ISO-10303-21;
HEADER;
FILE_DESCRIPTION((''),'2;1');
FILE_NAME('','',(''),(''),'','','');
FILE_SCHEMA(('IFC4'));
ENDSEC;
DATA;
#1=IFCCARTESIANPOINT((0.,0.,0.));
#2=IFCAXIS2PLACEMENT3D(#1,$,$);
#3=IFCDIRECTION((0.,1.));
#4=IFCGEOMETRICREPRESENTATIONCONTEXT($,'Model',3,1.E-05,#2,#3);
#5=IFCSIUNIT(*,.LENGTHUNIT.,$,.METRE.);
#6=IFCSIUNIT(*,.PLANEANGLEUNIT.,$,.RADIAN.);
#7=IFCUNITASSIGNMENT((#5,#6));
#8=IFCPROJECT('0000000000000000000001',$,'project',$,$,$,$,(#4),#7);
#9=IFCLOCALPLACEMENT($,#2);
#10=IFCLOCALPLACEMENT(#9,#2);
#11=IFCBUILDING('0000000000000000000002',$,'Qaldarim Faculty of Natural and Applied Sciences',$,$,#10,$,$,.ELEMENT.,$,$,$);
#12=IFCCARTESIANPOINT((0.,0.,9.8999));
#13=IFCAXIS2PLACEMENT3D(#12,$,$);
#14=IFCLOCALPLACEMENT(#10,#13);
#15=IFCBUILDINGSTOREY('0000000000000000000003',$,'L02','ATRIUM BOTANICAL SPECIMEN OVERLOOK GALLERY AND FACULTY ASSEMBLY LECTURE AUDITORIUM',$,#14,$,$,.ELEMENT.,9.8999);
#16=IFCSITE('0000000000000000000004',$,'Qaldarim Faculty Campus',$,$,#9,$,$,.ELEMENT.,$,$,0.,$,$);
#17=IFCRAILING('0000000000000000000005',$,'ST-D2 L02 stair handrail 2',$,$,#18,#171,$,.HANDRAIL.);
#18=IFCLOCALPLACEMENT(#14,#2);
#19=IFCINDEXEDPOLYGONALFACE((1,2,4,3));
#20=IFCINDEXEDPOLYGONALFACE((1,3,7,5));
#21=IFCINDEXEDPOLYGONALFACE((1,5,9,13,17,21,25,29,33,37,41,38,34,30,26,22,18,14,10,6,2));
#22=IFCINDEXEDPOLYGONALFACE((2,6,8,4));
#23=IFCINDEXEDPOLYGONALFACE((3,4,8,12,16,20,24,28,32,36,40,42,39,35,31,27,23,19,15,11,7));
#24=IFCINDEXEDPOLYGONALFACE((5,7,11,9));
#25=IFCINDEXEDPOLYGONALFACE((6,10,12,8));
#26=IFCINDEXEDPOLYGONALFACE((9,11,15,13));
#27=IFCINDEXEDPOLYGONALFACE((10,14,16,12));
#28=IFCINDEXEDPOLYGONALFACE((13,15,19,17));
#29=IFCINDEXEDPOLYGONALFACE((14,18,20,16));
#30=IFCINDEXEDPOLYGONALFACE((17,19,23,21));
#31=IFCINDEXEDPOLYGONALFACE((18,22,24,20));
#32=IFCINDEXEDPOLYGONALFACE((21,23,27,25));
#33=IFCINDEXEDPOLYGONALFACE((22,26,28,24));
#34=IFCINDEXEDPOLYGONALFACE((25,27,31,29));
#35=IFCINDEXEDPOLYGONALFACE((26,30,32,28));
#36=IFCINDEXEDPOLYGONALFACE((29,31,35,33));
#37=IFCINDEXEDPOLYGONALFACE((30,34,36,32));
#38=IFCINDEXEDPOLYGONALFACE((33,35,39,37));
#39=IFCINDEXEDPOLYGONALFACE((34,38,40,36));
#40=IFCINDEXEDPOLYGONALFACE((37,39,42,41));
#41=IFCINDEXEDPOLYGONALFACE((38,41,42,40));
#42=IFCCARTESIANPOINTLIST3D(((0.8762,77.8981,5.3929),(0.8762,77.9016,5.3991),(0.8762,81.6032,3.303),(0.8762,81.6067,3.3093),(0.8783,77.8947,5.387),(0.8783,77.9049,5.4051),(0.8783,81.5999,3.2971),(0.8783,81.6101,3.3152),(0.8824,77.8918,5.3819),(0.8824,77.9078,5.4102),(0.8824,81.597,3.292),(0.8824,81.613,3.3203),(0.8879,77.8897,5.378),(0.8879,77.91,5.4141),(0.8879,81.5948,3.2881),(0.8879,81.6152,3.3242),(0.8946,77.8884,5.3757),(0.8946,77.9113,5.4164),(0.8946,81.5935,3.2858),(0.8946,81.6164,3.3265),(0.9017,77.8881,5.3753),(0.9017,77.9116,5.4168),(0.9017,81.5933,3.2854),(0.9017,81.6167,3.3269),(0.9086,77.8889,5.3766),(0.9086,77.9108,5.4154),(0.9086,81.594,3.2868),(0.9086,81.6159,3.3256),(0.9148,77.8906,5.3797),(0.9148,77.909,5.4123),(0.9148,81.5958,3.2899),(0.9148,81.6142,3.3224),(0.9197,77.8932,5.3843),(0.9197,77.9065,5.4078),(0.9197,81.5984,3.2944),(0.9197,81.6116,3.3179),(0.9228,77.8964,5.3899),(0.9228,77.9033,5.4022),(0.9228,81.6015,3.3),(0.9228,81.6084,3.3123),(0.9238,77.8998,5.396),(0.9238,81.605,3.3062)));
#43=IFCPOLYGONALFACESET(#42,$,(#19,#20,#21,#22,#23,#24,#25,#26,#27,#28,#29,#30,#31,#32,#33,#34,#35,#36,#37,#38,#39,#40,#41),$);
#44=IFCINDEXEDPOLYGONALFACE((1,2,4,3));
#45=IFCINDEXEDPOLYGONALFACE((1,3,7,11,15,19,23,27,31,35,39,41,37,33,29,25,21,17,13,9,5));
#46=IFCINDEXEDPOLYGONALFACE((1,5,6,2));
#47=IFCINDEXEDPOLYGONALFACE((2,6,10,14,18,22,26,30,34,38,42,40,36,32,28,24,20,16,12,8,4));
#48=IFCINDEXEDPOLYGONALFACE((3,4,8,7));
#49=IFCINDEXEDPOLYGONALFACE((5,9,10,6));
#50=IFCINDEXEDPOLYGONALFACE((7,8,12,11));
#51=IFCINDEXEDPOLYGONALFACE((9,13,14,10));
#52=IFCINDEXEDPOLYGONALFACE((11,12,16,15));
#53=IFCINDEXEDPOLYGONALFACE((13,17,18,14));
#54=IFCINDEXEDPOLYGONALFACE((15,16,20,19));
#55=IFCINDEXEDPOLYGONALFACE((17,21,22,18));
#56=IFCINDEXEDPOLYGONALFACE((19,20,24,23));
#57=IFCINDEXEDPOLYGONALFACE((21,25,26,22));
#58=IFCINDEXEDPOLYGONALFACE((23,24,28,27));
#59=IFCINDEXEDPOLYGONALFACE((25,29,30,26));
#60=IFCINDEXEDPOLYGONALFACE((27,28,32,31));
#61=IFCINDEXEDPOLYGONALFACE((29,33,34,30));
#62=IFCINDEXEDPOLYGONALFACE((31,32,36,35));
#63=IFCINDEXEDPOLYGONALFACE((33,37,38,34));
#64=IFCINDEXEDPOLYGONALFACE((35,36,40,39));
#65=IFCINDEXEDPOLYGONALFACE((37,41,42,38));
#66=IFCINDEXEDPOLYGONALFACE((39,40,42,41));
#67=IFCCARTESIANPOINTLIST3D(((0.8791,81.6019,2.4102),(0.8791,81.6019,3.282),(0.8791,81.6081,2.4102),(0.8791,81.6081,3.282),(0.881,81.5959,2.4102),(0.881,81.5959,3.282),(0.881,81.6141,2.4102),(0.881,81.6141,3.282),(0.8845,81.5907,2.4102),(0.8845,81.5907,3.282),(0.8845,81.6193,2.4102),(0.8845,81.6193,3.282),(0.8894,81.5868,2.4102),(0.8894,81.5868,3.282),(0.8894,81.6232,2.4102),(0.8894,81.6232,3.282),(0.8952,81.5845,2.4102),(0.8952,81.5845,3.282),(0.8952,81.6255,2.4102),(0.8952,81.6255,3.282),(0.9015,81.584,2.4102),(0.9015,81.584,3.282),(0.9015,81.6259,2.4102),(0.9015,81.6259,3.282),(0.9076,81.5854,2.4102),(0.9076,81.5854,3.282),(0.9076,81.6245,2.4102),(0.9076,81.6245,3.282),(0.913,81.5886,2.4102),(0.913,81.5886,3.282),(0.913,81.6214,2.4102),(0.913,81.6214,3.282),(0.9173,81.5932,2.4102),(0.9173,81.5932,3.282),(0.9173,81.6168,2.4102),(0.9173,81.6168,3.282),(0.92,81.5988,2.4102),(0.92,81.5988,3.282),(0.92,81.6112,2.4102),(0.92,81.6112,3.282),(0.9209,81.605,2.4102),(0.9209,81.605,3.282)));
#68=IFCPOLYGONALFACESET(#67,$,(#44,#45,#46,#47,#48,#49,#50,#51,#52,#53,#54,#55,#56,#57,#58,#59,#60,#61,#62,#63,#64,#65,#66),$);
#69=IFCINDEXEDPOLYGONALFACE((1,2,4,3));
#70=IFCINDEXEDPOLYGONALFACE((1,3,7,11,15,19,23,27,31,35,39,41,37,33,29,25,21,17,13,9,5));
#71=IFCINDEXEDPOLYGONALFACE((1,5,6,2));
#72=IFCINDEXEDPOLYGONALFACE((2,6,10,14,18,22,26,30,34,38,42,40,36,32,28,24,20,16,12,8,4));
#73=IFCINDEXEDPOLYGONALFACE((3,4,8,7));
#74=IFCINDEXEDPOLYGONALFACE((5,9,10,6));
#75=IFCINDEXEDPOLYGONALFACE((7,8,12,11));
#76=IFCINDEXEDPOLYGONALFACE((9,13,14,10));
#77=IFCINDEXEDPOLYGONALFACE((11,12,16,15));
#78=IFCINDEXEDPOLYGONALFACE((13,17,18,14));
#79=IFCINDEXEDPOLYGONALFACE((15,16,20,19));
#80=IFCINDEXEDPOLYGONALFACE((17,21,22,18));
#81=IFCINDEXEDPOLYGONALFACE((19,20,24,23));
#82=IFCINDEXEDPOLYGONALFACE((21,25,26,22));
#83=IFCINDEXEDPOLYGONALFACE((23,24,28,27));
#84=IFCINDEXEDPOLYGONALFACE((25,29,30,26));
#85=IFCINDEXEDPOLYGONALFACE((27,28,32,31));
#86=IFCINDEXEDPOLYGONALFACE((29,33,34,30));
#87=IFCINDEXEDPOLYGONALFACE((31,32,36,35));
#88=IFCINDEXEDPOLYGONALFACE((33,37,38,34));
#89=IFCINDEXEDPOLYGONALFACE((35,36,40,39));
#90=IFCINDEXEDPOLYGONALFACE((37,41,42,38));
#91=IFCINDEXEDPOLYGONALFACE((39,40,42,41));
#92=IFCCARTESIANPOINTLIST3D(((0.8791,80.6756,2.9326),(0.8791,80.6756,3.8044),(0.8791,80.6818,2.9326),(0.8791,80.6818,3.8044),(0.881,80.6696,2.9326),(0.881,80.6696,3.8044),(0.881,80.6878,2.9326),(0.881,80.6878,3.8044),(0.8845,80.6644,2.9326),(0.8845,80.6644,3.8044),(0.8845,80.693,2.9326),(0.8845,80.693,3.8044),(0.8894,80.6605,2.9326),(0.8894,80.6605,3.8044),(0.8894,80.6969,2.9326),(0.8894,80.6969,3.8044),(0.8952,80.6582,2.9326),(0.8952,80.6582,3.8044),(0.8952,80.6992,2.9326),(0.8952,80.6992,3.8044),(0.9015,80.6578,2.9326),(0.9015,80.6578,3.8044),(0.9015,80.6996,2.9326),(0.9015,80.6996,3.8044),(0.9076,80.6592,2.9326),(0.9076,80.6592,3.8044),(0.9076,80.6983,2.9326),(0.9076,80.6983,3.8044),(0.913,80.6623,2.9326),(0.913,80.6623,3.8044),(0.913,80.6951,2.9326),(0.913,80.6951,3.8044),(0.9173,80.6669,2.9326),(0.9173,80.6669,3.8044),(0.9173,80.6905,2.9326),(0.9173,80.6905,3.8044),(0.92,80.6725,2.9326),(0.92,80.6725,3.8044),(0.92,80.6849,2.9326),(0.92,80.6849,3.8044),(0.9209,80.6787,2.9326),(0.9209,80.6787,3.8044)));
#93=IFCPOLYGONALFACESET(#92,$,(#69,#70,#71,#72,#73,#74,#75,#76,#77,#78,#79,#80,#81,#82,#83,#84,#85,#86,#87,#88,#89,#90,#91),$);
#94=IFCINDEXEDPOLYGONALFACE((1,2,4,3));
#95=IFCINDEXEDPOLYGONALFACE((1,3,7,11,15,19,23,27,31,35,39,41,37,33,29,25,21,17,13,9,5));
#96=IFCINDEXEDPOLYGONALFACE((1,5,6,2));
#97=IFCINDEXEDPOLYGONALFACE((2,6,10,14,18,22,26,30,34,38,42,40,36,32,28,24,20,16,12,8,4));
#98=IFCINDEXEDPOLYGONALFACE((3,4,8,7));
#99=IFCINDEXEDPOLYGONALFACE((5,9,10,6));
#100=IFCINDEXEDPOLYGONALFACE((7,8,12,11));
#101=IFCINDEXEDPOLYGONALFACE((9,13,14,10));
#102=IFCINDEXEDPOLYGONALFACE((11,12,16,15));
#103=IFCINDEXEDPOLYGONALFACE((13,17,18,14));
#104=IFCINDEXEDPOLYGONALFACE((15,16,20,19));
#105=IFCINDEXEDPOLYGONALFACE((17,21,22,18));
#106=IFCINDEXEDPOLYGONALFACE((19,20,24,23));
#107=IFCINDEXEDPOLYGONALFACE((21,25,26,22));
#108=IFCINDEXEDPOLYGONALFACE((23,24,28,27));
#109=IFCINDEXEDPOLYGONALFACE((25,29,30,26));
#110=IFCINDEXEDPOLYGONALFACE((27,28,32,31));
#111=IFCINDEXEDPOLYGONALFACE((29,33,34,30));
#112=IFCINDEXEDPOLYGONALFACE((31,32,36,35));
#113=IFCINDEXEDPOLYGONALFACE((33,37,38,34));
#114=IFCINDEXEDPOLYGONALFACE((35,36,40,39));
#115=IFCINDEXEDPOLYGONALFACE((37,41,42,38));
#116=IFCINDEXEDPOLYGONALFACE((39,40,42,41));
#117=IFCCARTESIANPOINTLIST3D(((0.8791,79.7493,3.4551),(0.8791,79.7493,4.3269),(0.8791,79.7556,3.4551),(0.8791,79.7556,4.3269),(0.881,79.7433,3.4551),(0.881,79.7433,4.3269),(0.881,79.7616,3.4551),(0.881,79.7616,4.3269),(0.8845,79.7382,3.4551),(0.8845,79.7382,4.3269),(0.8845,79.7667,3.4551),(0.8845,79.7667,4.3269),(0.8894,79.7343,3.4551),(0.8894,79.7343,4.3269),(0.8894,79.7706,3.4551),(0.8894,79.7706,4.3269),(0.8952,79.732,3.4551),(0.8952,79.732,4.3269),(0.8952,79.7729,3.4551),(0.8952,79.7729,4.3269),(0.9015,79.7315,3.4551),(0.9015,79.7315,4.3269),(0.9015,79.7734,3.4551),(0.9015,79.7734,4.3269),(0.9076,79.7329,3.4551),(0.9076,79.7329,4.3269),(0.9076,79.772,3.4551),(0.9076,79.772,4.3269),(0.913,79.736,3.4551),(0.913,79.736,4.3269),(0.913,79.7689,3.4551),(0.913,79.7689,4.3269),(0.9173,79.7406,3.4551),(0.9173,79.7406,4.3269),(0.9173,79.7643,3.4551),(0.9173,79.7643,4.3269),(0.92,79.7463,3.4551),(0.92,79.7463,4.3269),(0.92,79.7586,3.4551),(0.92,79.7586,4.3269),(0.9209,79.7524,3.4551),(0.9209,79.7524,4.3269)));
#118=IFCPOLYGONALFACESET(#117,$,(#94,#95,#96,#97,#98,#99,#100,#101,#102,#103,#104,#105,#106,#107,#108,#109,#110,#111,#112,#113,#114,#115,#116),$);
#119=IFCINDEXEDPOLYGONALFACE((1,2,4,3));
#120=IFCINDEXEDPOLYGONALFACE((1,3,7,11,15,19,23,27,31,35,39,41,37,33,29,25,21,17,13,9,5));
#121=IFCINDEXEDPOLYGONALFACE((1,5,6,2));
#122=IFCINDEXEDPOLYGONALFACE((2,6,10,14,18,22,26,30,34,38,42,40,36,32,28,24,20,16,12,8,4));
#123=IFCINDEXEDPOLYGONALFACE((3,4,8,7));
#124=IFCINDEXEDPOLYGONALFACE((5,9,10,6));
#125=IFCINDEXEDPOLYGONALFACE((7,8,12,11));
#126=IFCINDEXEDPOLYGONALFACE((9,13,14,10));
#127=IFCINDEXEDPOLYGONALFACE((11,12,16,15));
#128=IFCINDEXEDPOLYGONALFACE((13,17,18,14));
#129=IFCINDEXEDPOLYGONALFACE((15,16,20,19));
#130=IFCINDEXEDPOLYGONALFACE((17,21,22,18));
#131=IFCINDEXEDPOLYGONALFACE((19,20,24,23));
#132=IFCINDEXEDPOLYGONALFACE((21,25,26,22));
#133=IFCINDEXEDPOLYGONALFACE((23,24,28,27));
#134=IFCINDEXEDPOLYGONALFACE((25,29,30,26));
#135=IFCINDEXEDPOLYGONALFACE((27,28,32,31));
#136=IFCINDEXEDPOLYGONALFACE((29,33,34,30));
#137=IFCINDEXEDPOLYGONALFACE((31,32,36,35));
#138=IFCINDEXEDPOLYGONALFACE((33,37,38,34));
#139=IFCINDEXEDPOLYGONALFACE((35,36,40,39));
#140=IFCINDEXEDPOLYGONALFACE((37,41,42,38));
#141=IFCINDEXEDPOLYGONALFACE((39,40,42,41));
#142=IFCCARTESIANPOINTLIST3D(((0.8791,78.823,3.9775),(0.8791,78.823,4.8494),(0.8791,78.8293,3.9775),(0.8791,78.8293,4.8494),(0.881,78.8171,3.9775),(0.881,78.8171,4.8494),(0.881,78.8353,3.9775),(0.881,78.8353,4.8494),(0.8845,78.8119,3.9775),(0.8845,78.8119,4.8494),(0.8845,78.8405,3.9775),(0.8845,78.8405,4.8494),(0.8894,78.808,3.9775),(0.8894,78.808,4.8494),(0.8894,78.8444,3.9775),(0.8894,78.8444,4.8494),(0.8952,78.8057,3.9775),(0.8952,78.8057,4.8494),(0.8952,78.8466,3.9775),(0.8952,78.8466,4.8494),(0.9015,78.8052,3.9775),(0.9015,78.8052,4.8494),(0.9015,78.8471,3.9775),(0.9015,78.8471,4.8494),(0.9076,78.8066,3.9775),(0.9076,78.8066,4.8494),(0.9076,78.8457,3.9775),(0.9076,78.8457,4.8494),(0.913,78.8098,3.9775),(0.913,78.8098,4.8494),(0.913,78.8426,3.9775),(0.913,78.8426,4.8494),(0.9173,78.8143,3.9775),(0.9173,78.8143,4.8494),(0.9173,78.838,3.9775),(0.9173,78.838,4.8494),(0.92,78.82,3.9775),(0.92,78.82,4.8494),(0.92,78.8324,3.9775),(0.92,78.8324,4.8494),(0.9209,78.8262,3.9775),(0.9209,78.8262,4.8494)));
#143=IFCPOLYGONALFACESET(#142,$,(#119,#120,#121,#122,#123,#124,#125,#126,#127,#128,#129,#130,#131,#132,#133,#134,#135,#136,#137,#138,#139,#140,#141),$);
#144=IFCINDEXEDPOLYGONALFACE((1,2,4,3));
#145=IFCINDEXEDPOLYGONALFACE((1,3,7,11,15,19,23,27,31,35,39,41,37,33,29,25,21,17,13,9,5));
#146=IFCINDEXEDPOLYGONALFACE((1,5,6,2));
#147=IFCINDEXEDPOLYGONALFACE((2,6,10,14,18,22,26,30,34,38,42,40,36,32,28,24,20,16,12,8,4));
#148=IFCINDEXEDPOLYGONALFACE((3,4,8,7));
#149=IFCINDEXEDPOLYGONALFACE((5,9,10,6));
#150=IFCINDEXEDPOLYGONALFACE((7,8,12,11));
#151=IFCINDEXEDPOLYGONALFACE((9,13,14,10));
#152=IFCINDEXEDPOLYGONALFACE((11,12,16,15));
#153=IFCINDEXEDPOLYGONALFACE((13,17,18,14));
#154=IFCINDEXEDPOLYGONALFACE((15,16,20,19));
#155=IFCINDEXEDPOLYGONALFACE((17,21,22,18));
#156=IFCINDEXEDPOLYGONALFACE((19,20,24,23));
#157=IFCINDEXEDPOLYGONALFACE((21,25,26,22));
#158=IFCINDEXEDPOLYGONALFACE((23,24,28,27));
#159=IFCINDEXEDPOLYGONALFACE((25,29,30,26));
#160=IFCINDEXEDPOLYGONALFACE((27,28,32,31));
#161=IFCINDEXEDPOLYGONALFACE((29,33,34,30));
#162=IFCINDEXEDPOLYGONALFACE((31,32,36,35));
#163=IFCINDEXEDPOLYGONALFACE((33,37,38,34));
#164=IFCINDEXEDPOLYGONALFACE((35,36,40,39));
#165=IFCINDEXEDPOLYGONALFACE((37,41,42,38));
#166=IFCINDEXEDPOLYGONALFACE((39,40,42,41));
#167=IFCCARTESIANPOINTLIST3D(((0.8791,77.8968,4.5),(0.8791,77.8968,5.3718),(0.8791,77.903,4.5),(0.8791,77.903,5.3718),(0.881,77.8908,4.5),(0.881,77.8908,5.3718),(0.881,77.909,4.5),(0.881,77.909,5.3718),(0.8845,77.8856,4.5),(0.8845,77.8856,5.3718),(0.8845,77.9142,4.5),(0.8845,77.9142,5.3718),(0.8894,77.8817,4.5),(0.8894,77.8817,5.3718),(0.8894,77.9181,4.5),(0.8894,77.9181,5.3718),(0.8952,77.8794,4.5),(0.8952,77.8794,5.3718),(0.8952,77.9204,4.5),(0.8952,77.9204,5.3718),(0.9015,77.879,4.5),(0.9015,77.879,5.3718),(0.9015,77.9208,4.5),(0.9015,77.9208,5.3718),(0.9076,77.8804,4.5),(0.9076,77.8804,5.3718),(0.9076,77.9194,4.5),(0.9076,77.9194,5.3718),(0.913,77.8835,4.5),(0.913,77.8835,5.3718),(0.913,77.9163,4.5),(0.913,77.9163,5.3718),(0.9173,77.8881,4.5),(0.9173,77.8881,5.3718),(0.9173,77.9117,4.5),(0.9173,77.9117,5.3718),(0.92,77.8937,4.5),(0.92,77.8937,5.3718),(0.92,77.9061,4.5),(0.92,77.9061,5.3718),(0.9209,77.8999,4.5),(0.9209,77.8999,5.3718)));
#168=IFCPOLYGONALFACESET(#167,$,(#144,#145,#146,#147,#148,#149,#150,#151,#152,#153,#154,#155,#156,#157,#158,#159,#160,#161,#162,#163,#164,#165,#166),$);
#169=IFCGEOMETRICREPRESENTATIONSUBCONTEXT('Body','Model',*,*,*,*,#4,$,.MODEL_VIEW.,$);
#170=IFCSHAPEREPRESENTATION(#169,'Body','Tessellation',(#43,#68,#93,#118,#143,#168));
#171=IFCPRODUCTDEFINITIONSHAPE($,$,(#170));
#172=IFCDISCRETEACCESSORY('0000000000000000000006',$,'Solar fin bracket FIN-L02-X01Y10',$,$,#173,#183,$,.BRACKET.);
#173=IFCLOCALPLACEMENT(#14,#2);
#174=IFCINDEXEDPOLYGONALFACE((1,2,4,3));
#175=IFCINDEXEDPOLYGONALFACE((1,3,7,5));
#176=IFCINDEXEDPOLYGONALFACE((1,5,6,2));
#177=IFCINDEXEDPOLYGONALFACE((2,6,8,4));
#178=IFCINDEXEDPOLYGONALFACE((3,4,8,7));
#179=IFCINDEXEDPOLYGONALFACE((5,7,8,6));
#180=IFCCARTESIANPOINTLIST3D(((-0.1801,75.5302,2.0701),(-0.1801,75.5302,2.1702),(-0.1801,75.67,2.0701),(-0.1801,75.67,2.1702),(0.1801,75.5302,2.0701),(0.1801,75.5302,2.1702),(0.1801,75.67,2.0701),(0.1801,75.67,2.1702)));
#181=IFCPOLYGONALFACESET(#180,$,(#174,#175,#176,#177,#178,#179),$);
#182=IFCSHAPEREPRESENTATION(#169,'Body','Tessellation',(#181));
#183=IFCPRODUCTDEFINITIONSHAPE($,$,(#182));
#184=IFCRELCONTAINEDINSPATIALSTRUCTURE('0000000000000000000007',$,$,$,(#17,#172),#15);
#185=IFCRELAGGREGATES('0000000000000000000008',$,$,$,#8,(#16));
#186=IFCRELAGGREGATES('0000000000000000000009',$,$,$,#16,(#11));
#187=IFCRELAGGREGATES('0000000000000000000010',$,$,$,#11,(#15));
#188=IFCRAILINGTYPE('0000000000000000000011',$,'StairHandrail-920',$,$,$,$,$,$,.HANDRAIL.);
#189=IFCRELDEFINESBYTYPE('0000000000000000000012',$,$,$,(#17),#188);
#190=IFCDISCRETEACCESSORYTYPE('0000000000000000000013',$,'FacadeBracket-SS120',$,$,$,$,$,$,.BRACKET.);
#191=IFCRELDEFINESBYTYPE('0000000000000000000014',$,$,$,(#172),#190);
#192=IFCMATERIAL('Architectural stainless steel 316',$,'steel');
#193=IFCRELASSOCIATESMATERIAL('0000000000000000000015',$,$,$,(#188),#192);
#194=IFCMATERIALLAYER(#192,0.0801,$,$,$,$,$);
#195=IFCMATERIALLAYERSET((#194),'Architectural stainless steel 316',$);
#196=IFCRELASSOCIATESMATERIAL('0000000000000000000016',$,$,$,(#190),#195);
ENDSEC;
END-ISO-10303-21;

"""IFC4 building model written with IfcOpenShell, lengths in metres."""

from ifc_helpers import new_model, si_unit, direction, frame, origin, origin_2d, place, context, subcontext, project, spatial, rectangle, circle, extrude, material, layer, layer_set, type_object, element, save


model = new_model("IFC4")

# Units and contexts
model_context = context("Model", 3, precision=1e-05, world=origin(), true_north=direction((0.0, 1.0)))
body_context = subcontext(model_context, "Body", "Model", "MODEL_VIEW")
ifc_project = project(units=[si_unit("LENGTHUNIT", "METRE"), si_unit("PLANEANGLEUNIT", "RADIAN")], contexts=[model_context])

# Site, building, storey
site_placement = place(None, origin())
site = spatial("IfcSite", under=ifc_project, at=site_placement, Name="Qaldarim Faculty Campus", CompositionType="ELEMENT", RefElevation=0.0)
building_placement = place(site_placement, origin())
building = spatial("IfcBuilding", under=site, at=building_placement, Name="Qaldarim Faculty of Natural and Applied Sciences", CompositionType="ELEMENT")
storey_placement = place(building_placement, frame((0.0, 0.0, 9.8999)))
storey = spatial("IfcBuildingStorey", under=building, at=storey_placement, Name="L02", Description="ATRIUM BOTANICAL SPECIMEN OVERLOOK GALLERY AND FACULTY ASSEMBLY LECTURE AUDITORIUM", CompositionType="ELEMENT", Elevation=9.8999)

# Shared definitions
ifc_material_1 = material(Name="Architectural stainless steel 316", Category="steel")

# Railing
railing_type_1 = type_object("IfcRailingType", Name="StairHandrail-920", PredefinedType="HANDRAIL", material=ifc_material_1)
railing_1_placement = place(storey_placement, frame((0.8999, 81.605, 2.4102)))
element("IfcRailing", 1, at=railing_1_placement, inside=storey, type_object=railing_type_1, Name="ST-D2 L02 stair handrail 2", PredefinedType="HANDRAIL", context=body_context, shape_type="SweptSolid", body=[
    extrude(circle(Radius=0.0239, at=origin_2d()), frame((0.0, 0.0, 0.896), z_axis=(0.0, -0.870999, 0.491285), x_axis=(1.0, 0.0, 0.0)), (0.0, 0.0, 1.0), 4.2539),
    extrude(circle(Radius=0.021, at=origin_2d()), origin(), (0.0, 0.0, 1.0), 0.8718),
    extrude(circle(Radius=0.021, at=origin_2d()), frame((0.0, -0.9263, 0.5225)), (0.0, 0.0, 1.0), 0.8718),
    extrude(circle(Radius=0.021, at=origin_2d()), frame((0.0, -1.8525, 1.0449)), (0.0, 0.0, 1.0), 0.8718),
    extrude(circle(Radius=0.021, at=origin_2d()), frame((0.0, -2.7788, 1.5674)), (0.0, 0.0, 1.0), 0.8718),
    extrude(circle(Radius=0.021, at=origin_2d()), frame((0.0, -3.7051, 2.0898)), (0.0, 0.0, 1.0), 0.8718),
])

# Discrete accessory
ifc_layer_1 = layer(ifc_material_1, 0.0801)
ifc_layer_set_1 = layer_set([ifc_layer_1], Name="Architectural stainless steel 316")
discrete_accessory_type = type_object("IfcDiscreteAccessoryType", Name="FacadeBracket-SS120", PredefinedType="BRACKET", material=ifc_layer_set_1)
discrete_accessory_placement = place(storey_placement, frame((0.0, 75.6001, 2.0701), z_axis=(0.0, 0.0, 1.0), x_axis=(1.0, 0.0, 0.0)))
element("IfcDiscreteAccessory", 2, at=discrete_accessory_placement, inside=storey, type_object=discrete_accessory_type, Name="Solar fin bracket FIN-L02-X01Y10", PredefinedType="BRACKET", context=body_context, shape_type="SweptSolid", body=[
    extrude(rectangle(XDim=0.3601, YDim=0.1399, at=origin_2d()), origin(), (0.0, 0.0, 1.0), 0.1001),
])

save(model, "model.ifc")
